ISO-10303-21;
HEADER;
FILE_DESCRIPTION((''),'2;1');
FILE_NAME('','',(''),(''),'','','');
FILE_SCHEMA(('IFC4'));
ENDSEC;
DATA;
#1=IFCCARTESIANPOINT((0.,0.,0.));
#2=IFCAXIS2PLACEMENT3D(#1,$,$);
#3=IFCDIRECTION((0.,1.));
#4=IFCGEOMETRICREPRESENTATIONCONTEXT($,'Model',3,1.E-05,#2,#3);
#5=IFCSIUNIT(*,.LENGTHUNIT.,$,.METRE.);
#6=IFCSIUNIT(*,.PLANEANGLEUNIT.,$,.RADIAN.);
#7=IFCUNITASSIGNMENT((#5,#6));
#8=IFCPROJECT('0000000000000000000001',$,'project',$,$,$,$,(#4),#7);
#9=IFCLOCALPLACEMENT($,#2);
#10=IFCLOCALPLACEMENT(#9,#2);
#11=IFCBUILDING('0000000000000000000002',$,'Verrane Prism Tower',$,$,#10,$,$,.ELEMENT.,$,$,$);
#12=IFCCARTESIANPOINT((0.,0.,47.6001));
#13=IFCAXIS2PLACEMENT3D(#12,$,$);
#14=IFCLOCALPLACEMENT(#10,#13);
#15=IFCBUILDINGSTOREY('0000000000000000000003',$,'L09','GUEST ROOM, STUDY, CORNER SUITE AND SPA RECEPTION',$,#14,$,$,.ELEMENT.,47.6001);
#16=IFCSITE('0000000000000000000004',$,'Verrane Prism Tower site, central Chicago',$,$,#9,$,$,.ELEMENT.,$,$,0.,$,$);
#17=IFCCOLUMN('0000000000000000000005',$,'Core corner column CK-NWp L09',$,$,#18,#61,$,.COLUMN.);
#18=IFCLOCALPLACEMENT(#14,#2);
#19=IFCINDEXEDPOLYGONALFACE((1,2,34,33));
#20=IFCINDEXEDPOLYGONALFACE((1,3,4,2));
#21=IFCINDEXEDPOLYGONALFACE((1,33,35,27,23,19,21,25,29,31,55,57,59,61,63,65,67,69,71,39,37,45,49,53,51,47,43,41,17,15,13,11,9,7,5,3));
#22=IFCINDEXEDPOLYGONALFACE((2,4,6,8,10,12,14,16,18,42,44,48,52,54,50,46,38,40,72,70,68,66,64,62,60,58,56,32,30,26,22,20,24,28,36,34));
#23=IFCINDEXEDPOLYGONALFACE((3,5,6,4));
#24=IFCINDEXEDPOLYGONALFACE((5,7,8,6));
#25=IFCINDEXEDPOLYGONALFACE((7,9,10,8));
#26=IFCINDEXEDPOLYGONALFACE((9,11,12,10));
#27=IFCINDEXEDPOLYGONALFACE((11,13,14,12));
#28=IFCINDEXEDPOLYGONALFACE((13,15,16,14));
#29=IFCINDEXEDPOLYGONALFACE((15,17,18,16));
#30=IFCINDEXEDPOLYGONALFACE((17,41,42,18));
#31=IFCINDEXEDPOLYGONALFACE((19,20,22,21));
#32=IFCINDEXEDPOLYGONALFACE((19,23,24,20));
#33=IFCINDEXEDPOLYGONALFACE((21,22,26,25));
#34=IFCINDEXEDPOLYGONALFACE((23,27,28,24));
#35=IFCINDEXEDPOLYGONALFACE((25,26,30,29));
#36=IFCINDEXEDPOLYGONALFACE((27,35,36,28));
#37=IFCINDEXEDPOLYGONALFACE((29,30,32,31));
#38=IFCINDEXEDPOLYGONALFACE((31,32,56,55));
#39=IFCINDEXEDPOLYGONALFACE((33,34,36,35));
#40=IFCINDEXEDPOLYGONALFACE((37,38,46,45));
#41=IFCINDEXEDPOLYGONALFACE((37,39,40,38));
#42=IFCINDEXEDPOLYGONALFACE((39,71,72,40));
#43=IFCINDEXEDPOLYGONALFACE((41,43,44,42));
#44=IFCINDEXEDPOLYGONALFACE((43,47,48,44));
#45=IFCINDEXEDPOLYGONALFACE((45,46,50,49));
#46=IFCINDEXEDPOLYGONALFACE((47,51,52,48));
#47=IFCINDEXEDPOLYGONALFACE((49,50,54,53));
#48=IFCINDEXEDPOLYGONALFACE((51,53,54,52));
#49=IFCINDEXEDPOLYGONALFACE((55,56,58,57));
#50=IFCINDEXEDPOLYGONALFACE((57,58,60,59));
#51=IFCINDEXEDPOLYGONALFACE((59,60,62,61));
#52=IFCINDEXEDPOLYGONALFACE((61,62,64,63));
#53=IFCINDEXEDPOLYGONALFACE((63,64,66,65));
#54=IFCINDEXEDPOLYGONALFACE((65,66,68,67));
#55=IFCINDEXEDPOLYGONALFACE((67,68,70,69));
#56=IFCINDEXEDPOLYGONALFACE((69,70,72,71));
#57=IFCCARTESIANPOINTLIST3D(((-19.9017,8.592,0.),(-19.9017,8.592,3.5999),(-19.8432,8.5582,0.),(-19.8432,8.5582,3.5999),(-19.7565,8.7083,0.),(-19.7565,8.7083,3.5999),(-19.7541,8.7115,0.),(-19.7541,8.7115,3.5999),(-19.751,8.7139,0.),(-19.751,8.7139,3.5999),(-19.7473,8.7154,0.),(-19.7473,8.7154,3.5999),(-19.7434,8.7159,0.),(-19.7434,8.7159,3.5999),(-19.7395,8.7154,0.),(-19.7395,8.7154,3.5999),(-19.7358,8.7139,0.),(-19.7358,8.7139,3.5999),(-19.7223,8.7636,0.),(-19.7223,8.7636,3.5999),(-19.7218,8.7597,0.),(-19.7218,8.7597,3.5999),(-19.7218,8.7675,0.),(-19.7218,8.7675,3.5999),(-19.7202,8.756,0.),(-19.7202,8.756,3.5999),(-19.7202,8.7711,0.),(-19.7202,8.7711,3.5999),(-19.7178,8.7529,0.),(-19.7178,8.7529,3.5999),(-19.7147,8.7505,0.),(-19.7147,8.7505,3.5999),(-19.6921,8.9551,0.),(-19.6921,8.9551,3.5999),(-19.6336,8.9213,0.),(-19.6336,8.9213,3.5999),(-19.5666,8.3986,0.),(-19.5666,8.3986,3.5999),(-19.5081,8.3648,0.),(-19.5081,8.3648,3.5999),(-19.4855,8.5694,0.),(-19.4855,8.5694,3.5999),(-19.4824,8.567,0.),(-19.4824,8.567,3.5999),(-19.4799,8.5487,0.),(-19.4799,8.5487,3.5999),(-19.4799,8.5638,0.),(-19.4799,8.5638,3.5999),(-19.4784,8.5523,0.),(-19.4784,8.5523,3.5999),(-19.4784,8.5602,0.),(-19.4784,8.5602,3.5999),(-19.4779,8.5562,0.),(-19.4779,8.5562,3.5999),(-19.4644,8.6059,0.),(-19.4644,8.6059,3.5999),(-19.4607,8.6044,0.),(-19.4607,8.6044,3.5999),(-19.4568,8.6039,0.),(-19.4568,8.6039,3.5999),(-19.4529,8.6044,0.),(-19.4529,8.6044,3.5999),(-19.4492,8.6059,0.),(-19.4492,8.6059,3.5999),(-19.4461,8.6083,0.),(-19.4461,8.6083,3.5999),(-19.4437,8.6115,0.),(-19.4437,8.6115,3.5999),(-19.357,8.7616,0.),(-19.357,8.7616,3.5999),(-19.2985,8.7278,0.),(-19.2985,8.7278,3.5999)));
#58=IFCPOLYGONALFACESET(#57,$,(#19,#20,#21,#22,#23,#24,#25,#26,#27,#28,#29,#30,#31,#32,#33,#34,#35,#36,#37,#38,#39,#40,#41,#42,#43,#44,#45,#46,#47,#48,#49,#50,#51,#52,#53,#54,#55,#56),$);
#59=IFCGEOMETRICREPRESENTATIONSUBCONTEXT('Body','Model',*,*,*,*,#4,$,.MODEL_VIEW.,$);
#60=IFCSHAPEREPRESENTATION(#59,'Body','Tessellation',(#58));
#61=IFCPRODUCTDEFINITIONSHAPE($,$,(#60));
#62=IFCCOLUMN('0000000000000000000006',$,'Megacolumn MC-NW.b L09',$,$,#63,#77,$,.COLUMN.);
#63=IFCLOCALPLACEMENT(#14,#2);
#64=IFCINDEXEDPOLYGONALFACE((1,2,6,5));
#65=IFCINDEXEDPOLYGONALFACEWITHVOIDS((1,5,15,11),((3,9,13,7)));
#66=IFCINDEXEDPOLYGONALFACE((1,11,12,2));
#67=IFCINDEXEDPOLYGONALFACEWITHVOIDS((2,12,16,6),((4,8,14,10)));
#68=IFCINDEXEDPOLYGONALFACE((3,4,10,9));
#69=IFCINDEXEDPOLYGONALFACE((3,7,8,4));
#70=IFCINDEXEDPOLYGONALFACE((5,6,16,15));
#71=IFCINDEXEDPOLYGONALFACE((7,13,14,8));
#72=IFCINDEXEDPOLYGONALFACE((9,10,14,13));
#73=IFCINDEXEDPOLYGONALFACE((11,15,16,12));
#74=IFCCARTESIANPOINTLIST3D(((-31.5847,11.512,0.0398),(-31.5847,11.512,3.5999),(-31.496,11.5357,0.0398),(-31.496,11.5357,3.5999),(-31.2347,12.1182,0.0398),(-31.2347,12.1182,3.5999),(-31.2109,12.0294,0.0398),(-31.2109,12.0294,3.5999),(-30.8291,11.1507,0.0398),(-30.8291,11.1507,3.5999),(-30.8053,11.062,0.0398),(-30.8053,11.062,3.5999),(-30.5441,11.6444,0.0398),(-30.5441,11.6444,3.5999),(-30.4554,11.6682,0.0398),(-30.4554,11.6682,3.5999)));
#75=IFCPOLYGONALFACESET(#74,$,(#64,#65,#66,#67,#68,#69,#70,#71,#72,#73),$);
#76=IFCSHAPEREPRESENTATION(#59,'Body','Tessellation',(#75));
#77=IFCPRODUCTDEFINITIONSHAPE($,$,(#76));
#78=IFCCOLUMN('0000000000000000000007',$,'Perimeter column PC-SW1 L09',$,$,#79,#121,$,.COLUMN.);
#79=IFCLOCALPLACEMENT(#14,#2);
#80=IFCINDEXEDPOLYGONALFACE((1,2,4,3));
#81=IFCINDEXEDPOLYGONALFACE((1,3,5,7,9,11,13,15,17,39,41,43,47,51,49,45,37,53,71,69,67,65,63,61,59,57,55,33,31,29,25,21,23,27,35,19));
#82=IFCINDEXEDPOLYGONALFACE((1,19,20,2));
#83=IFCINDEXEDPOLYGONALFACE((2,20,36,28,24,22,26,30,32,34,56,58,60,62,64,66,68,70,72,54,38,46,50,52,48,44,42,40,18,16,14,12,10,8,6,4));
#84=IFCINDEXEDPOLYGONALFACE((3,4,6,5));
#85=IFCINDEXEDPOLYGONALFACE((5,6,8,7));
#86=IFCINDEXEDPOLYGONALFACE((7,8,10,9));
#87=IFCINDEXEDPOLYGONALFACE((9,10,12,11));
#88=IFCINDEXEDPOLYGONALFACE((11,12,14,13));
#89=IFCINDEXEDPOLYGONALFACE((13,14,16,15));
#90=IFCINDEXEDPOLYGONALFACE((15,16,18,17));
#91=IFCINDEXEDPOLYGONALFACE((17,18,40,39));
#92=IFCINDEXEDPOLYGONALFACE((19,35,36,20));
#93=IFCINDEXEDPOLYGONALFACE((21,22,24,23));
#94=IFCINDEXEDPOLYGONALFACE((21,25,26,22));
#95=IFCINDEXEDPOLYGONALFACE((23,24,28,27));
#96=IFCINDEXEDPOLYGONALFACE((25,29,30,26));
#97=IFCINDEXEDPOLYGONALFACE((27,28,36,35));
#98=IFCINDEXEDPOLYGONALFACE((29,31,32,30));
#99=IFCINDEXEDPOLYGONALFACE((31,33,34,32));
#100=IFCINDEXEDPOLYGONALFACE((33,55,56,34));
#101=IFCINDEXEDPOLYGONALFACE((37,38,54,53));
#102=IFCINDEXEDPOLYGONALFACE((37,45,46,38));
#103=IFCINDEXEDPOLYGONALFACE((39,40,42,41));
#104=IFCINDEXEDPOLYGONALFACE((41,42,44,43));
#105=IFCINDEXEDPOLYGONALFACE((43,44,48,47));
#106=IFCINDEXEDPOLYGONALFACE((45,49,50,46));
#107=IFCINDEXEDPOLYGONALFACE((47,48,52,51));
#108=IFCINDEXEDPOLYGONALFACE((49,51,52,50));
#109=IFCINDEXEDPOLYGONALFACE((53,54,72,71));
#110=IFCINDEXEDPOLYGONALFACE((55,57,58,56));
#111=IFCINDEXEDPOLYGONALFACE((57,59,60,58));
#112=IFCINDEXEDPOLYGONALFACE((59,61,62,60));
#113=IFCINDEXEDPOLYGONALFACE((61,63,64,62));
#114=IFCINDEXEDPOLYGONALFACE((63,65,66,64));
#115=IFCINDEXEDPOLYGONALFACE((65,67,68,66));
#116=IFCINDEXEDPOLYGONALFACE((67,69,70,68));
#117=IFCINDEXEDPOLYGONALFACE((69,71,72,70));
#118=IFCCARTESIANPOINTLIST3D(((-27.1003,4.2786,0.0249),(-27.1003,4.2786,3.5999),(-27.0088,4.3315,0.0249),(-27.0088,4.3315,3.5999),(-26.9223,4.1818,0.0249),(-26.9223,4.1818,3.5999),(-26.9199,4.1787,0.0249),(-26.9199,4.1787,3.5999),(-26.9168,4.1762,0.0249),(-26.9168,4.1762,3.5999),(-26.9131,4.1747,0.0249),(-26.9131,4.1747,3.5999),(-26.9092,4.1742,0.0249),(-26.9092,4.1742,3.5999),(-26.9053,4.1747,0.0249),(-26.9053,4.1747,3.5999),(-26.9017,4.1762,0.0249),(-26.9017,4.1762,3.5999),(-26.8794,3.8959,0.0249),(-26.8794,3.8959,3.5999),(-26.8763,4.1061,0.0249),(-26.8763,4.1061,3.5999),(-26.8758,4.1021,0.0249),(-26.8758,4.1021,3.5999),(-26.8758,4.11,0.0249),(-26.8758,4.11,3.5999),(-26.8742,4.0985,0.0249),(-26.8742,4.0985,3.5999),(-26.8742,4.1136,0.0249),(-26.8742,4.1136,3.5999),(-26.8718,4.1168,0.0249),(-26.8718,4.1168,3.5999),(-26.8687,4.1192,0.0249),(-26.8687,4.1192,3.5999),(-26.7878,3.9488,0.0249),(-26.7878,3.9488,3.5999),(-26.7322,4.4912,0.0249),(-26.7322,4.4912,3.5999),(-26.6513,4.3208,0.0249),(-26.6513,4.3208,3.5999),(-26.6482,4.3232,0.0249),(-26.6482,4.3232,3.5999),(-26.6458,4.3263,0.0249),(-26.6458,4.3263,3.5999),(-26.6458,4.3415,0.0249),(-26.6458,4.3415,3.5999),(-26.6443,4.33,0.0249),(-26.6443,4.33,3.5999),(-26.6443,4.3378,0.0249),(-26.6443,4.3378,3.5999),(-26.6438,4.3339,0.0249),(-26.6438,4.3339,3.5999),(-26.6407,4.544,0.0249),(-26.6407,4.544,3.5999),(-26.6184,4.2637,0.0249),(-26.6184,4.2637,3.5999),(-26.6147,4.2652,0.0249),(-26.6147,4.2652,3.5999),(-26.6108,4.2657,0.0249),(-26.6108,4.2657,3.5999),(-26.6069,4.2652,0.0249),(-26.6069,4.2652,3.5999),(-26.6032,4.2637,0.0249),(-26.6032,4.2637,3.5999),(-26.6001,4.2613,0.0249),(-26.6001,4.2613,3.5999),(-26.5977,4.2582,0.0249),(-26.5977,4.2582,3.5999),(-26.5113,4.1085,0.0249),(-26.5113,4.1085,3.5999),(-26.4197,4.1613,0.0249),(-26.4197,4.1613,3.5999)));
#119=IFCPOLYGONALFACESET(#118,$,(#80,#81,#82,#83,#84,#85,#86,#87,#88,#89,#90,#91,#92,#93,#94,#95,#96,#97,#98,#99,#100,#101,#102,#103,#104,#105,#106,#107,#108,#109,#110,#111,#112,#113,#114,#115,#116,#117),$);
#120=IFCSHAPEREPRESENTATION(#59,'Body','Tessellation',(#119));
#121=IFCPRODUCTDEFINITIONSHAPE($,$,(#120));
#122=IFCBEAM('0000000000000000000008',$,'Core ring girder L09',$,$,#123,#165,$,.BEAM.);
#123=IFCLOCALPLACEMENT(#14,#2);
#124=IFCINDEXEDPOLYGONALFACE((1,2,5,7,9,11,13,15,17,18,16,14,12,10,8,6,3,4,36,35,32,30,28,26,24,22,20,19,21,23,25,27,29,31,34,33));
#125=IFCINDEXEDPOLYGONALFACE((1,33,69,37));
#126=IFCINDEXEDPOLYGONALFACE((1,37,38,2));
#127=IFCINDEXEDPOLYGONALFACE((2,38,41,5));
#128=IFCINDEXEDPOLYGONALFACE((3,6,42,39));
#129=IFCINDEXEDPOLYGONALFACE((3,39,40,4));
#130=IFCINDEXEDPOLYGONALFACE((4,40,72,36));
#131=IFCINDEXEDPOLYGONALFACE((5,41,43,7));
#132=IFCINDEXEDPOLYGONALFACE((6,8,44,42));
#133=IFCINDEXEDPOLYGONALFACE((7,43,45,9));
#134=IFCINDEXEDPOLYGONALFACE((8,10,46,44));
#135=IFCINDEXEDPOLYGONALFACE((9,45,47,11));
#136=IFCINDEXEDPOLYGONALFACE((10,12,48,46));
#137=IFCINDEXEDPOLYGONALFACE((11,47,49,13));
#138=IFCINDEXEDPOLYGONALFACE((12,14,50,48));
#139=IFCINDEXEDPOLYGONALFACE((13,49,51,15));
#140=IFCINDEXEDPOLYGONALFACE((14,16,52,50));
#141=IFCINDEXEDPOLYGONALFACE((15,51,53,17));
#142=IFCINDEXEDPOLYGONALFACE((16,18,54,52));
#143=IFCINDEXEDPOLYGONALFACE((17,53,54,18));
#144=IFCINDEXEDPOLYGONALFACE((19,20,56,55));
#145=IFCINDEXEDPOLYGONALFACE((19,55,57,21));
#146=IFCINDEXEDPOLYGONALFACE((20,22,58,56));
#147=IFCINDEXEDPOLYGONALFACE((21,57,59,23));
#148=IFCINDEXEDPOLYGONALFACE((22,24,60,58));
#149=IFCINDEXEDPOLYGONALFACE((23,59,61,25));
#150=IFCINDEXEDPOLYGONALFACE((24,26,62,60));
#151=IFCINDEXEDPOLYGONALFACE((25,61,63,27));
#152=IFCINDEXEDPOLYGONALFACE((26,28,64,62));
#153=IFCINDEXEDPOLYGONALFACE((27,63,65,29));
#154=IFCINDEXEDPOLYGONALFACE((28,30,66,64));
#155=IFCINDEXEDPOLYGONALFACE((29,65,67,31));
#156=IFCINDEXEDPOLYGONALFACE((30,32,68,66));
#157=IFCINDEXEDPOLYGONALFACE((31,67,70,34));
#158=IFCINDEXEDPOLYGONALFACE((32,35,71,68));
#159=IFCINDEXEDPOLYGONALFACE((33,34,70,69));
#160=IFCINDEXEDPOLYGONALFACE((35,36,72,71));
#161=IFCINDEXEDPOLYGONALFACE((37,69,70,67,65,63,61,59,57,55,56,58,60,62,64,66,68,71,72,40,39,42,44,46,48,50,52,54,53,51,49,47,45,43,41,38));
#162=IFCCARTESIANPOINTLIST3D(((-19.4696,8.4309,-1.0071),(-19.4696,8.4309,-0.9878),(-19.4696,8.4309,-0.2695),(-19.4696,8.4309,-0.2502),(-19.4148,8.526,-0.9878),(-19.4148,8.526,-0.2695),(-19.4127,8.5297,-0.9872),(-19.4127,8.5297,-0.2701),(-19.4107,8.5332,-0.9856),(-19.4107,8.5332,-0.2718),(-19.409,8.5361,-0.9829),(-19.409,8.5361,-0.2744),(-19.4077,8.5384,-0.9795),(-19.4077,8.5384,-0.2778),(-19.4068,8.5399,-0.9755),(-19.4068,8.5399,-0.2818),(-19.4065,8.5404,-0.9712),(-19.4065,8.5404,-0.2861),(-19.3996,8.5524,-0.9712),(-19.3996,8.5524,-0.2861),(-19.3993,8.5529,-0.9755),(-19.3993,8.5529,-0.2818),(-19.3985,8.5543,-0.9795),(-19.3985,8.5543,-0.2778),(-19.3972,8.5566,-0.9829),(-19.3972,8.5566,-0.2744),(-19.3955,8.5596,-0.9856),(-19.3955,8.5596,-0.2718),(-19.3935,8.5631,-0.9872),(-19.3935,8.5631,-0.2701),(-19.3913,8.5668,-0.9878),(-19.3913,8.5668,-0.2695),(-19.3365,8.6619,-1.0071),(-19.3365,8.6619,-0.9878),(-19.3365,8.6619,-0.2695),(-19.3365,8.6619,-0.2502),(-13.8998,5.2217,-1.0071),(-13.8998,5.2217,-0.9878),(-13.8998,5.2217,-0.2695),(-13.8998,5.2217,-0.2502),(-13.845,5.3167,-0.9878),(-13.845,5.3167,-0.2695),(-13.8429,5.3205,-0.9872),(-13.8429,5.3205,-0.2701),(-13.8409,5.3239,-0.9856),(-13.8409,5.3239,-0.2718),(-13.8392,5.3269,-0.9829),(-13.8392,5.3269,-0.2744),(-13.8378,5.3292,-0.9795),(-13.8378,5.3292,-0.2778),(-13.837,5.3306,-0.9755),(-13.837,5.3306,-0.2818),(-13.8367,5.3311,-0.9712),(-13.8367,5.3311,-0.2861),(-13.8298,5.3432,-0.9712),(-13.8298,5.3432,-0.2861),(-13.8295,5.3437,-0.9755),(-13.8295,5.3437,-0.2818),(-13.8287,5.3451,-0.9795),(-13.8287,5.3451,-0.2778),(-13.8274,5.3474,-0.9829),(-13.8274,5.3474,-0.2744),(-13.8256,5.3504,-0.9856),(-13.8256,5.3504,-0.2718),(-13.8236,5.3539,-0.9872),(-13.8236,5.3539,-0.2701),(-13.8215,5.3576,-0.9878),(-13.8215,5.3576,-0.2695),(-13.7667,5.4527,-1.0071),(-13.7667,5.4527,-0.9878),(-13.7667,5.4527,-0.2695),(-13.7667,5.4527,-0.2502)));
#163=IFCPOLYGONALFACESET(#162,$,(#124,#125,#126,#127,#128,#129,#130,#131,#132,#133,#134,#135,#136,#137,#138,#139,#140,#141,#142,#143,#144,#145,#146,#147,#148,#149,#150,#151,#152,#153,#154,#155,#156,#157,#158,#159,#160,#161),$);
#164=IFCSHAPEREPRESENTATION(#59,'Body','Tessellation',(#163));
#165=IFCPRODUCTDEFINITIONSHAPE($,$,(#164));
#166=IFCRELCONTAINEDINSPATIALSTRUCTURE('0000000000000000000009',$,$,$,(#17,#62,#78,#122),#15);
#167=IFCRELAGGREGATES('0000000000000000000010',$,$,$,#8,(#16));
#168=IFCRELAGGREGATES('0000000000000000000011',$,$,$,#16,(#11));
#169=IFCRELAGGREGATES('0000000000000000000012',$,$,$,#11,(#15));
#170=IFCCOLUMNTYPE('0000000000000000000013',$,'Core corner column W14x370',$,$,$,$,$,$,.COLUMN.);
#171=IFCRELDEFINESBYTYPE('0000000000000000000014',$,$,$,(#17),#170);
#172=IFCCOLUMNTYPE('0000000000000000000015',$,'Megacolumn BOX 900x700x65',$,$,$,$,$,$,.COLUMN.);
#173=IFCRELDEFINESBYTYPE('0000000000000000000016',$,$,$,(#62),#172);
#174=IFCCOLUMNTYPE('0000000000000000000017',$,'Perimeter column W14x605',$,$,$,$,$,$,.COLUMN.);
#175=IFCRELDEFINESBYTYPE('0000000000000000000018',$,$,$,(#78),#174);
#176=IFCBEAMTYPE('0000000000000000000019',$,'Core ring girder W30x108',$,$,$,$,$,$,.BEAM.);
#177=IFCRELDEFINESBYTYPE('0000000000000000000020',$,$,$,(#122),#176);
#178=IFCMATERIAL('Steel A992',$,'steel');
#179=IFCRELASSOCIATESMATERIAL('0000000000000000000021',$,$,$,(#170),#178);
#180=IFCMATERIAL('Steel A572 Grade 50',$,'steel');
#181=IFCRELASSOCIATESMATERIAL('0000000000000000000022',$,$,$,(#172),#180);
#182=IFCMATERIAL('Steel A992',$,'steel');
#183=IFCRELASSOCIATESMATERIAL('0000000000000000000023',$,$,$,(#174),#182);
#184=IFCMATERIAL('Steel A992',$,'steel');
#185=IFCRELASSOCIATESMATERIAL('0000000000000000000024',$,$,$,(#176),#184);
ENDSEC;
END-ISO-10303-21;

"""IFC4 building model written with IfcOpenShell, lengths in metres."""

from ifc_helpers import new_model, si_unit, direction, frame, origin, origin_2d, place, context, subcontext, project, spatial, hollow_rectangle, i_section, extrude, material, material_profile, profile_set, type_object, element, save


model = new_model("IFC4")

# Units and contexts
model_context = context("Model", 3, precision=1e-05, world=origin(), true_north=direction((0.0, 1.0)))
body_context = subcontext(model_context, "Body", "Model", "MODEL_VIEW")
ifc_project = project(units=[si_unit("LENGTHUNIT", "METRE"), si_unit("PLANEANGLEUNIT", "RADIAN")], contexts=[model_context])

# Site, building, storey
site_placement = place(None, origin())
site = spatial("IfcSite", under=ifc_project, at=site_placement, Name="Verrane Prism Tower site, central Chicago", CompositionType="ELEMENT", RefElevation=0.0)
building_placement = place(site_placement, origin())
building = spatial("IfcBuilding", under=site, at=building_placement, Name="Verrane Prism Tower", CompositionType="ELEMENT")
storey_placement = place(building_placement, frame((0.0, 0.0, 47.6001)))
storey = spatial("IfcBuildingStorey", under=building, at=storey_placement, Name="L09", Description="GUEST ROOM, STUDY, CORNER SUITE AND SPA RECEPTION", CompositionType="ELEMENT", Elevation=47.6001)

# Columns
ifc_material_1 = material(Name="Steel A992", Category="steel")
ifc_material_profile_1 = material_profile(ifc_material_1, i_section(OverallWidth=0.4192, OverallDepth=0.4546, WebThickness=0.0422, FlangeThickness=0.0676, FilletRadius=0.0151, at=origin_2d()), Name="W14x370")
ifc_profile_set_1 = profile_set([ifc_material_profile_1], Name="Steel A992")
column_type_1 = type_object("IfcColumnType", Name="Core corner column W14x370", PredefinedType="COLUMN", material=ifc_profile_set_1)
column_1_placement = place(storey_placement, frame((-19.6001, 8.6599, 0.0), z_axis=(0.0, 0.0, 1.0), x_axis=(0.5, 0.866025, 0.0)))
element("IfcColumn", 1, at=column_1_placement, inside=storey, type_object=column_type_1, Name="Core corner column CK-NWp L09", PredefinedType="COLUMN", context=body_context, shape_type="SweptSolid", body=[
    extrude(i_section(OverallWidth=0.4192, OverallDepth=0.4546, WebThickness=0.0422, FlangeThickness=0.0676, FilletRadius=0.0151, at=origin_2d()), origin(), (0.0, 0.0, 1.0), 3.5999),
])
ifc_material_2 = material(Name="Steel A572 Grade 50", Category="steel")
ifc_material_profile_2 = material_profile(ifc_material_2, hollow_rectangle(XDim=0.7, YDim=0.8999, WallThickness=0.0649, at=origin_2d()), Name="BOX 900x700x65")
ifc_profile_set_2 = profile_set([ifc_material_profile_2], Name="Steel A572 Grade 50")
column_type_2 = type_object("IfcColumnType", Name="Megacolumn BOX 900x700x65", PredefinedType="COLUMN", material=ifc_profile_set_2)
column_2_placement = place(storey_placement, frame((-31.02, 11.5901, 0.0398), z_axis=(0.0, 0.0, 1.0), x_axis=(0.5, 0.866025, 0.0)))
element("IfcColumn", 2, at=column_2_placement, inside=storey, type_object=column_type_2, Name="Megacolumn MC-NW.b L09", PredefinedType="COLUMN", context=body_context, shape_type="SweptSolid", body=[
    extrude(hollow_rectangle(XDim=0.7, YDim=0.8999, WallThickness=0.0649, at=origin_2d()), origin(), (0.0, 0.0, 1.0), 3.5601),
])
ifc_material_3 = material(Name="Steel A992", Category="steel")
ifc_material_profile_3 = material_profile(ifc_material_3, i_section(OverallWidth=0.4419, OverallDepth=0.5308, WebThickness=0.0659, FlangeThickness=0.1057, FilletRadius=0.0151, at=origin_2d()), Name="W14x605")
ifc_profile_set_3 = profile_set([ifc_material_profile_3], Name="Steel A992")
column_type_3 = type_object("IfcColumnType", Name="Perimeter column W14x605", PredefinedType="COLUMN", material=ifc_profile_set_3)
column_3_placement = place(storey_placement, frame((-26.76, 4.22, 0.0249), z_axis=(0.0, 0.0, 1.0), x_axis=(-0.5, 0.866025, 0.0)))
element("IfcColumn", 3, at=column_3_placement, inside=storey, type_object=column_type_3, Name="Perimeter column PC-SW1 L09", PredefinedType="COLUMN", context=body_context, shape_type="SweptSolid", body=[
    extrude(i_section(OverallWidth=0.4419, OverallDepth=0.5308, WebThickness=0.0659, FlangeThickness=0.1057, FilletRadius=0.0151, at=origin_2d()), origin(), (0.0, 0.0, 1.0), 3.575),
])

# Beam
ifc_material_4 = material(Name="Steel A992", Category="steel")
ifc_material_profile_4 = material_profile(ifc_material_4, i_section(OverallWidth=0.2666, OverallDepth=0.7568, WebThickness=0.0139, FlangeThickness=0.0193, FilletRadius=0.0166, at=origin_2d()), Name="W30x108")
ifc_profile_set_4 = profile_set([ifc_material_profile_4], Name="Steel A992")
beam_type_1 = type_object("IfcBeamType", Name="Core ring girder W30x108", PredefinedType="BEAM", material=ifc_profile_set_4)
beam_1_placement = place(storey_placement, frame((-19.4031, 8.5464, -0.6287), z_axis=(0.866464, -0.49924, 0.0), x_axis=(0.49924, 0.866464, 0.0)))
element("IfcBeam", 4, at=beam_1_placement, inside=storey, type_object=beam_type_1, Name="Core ring girder L09", PredefinedType="BEAM", context=body_context, shape_type="SweptSolid", body=[
    extrude(i_section(OverallWidth=0.2666, OverallDepth=0.7568, WebThickness=0.0139, FlangeThickness=0.0193, FilletRadius=0.0166, at=origin_2d()), origin(), (0.0, 0.0, 1.0), 6.4282),
])

save(model, "model.ifc")
